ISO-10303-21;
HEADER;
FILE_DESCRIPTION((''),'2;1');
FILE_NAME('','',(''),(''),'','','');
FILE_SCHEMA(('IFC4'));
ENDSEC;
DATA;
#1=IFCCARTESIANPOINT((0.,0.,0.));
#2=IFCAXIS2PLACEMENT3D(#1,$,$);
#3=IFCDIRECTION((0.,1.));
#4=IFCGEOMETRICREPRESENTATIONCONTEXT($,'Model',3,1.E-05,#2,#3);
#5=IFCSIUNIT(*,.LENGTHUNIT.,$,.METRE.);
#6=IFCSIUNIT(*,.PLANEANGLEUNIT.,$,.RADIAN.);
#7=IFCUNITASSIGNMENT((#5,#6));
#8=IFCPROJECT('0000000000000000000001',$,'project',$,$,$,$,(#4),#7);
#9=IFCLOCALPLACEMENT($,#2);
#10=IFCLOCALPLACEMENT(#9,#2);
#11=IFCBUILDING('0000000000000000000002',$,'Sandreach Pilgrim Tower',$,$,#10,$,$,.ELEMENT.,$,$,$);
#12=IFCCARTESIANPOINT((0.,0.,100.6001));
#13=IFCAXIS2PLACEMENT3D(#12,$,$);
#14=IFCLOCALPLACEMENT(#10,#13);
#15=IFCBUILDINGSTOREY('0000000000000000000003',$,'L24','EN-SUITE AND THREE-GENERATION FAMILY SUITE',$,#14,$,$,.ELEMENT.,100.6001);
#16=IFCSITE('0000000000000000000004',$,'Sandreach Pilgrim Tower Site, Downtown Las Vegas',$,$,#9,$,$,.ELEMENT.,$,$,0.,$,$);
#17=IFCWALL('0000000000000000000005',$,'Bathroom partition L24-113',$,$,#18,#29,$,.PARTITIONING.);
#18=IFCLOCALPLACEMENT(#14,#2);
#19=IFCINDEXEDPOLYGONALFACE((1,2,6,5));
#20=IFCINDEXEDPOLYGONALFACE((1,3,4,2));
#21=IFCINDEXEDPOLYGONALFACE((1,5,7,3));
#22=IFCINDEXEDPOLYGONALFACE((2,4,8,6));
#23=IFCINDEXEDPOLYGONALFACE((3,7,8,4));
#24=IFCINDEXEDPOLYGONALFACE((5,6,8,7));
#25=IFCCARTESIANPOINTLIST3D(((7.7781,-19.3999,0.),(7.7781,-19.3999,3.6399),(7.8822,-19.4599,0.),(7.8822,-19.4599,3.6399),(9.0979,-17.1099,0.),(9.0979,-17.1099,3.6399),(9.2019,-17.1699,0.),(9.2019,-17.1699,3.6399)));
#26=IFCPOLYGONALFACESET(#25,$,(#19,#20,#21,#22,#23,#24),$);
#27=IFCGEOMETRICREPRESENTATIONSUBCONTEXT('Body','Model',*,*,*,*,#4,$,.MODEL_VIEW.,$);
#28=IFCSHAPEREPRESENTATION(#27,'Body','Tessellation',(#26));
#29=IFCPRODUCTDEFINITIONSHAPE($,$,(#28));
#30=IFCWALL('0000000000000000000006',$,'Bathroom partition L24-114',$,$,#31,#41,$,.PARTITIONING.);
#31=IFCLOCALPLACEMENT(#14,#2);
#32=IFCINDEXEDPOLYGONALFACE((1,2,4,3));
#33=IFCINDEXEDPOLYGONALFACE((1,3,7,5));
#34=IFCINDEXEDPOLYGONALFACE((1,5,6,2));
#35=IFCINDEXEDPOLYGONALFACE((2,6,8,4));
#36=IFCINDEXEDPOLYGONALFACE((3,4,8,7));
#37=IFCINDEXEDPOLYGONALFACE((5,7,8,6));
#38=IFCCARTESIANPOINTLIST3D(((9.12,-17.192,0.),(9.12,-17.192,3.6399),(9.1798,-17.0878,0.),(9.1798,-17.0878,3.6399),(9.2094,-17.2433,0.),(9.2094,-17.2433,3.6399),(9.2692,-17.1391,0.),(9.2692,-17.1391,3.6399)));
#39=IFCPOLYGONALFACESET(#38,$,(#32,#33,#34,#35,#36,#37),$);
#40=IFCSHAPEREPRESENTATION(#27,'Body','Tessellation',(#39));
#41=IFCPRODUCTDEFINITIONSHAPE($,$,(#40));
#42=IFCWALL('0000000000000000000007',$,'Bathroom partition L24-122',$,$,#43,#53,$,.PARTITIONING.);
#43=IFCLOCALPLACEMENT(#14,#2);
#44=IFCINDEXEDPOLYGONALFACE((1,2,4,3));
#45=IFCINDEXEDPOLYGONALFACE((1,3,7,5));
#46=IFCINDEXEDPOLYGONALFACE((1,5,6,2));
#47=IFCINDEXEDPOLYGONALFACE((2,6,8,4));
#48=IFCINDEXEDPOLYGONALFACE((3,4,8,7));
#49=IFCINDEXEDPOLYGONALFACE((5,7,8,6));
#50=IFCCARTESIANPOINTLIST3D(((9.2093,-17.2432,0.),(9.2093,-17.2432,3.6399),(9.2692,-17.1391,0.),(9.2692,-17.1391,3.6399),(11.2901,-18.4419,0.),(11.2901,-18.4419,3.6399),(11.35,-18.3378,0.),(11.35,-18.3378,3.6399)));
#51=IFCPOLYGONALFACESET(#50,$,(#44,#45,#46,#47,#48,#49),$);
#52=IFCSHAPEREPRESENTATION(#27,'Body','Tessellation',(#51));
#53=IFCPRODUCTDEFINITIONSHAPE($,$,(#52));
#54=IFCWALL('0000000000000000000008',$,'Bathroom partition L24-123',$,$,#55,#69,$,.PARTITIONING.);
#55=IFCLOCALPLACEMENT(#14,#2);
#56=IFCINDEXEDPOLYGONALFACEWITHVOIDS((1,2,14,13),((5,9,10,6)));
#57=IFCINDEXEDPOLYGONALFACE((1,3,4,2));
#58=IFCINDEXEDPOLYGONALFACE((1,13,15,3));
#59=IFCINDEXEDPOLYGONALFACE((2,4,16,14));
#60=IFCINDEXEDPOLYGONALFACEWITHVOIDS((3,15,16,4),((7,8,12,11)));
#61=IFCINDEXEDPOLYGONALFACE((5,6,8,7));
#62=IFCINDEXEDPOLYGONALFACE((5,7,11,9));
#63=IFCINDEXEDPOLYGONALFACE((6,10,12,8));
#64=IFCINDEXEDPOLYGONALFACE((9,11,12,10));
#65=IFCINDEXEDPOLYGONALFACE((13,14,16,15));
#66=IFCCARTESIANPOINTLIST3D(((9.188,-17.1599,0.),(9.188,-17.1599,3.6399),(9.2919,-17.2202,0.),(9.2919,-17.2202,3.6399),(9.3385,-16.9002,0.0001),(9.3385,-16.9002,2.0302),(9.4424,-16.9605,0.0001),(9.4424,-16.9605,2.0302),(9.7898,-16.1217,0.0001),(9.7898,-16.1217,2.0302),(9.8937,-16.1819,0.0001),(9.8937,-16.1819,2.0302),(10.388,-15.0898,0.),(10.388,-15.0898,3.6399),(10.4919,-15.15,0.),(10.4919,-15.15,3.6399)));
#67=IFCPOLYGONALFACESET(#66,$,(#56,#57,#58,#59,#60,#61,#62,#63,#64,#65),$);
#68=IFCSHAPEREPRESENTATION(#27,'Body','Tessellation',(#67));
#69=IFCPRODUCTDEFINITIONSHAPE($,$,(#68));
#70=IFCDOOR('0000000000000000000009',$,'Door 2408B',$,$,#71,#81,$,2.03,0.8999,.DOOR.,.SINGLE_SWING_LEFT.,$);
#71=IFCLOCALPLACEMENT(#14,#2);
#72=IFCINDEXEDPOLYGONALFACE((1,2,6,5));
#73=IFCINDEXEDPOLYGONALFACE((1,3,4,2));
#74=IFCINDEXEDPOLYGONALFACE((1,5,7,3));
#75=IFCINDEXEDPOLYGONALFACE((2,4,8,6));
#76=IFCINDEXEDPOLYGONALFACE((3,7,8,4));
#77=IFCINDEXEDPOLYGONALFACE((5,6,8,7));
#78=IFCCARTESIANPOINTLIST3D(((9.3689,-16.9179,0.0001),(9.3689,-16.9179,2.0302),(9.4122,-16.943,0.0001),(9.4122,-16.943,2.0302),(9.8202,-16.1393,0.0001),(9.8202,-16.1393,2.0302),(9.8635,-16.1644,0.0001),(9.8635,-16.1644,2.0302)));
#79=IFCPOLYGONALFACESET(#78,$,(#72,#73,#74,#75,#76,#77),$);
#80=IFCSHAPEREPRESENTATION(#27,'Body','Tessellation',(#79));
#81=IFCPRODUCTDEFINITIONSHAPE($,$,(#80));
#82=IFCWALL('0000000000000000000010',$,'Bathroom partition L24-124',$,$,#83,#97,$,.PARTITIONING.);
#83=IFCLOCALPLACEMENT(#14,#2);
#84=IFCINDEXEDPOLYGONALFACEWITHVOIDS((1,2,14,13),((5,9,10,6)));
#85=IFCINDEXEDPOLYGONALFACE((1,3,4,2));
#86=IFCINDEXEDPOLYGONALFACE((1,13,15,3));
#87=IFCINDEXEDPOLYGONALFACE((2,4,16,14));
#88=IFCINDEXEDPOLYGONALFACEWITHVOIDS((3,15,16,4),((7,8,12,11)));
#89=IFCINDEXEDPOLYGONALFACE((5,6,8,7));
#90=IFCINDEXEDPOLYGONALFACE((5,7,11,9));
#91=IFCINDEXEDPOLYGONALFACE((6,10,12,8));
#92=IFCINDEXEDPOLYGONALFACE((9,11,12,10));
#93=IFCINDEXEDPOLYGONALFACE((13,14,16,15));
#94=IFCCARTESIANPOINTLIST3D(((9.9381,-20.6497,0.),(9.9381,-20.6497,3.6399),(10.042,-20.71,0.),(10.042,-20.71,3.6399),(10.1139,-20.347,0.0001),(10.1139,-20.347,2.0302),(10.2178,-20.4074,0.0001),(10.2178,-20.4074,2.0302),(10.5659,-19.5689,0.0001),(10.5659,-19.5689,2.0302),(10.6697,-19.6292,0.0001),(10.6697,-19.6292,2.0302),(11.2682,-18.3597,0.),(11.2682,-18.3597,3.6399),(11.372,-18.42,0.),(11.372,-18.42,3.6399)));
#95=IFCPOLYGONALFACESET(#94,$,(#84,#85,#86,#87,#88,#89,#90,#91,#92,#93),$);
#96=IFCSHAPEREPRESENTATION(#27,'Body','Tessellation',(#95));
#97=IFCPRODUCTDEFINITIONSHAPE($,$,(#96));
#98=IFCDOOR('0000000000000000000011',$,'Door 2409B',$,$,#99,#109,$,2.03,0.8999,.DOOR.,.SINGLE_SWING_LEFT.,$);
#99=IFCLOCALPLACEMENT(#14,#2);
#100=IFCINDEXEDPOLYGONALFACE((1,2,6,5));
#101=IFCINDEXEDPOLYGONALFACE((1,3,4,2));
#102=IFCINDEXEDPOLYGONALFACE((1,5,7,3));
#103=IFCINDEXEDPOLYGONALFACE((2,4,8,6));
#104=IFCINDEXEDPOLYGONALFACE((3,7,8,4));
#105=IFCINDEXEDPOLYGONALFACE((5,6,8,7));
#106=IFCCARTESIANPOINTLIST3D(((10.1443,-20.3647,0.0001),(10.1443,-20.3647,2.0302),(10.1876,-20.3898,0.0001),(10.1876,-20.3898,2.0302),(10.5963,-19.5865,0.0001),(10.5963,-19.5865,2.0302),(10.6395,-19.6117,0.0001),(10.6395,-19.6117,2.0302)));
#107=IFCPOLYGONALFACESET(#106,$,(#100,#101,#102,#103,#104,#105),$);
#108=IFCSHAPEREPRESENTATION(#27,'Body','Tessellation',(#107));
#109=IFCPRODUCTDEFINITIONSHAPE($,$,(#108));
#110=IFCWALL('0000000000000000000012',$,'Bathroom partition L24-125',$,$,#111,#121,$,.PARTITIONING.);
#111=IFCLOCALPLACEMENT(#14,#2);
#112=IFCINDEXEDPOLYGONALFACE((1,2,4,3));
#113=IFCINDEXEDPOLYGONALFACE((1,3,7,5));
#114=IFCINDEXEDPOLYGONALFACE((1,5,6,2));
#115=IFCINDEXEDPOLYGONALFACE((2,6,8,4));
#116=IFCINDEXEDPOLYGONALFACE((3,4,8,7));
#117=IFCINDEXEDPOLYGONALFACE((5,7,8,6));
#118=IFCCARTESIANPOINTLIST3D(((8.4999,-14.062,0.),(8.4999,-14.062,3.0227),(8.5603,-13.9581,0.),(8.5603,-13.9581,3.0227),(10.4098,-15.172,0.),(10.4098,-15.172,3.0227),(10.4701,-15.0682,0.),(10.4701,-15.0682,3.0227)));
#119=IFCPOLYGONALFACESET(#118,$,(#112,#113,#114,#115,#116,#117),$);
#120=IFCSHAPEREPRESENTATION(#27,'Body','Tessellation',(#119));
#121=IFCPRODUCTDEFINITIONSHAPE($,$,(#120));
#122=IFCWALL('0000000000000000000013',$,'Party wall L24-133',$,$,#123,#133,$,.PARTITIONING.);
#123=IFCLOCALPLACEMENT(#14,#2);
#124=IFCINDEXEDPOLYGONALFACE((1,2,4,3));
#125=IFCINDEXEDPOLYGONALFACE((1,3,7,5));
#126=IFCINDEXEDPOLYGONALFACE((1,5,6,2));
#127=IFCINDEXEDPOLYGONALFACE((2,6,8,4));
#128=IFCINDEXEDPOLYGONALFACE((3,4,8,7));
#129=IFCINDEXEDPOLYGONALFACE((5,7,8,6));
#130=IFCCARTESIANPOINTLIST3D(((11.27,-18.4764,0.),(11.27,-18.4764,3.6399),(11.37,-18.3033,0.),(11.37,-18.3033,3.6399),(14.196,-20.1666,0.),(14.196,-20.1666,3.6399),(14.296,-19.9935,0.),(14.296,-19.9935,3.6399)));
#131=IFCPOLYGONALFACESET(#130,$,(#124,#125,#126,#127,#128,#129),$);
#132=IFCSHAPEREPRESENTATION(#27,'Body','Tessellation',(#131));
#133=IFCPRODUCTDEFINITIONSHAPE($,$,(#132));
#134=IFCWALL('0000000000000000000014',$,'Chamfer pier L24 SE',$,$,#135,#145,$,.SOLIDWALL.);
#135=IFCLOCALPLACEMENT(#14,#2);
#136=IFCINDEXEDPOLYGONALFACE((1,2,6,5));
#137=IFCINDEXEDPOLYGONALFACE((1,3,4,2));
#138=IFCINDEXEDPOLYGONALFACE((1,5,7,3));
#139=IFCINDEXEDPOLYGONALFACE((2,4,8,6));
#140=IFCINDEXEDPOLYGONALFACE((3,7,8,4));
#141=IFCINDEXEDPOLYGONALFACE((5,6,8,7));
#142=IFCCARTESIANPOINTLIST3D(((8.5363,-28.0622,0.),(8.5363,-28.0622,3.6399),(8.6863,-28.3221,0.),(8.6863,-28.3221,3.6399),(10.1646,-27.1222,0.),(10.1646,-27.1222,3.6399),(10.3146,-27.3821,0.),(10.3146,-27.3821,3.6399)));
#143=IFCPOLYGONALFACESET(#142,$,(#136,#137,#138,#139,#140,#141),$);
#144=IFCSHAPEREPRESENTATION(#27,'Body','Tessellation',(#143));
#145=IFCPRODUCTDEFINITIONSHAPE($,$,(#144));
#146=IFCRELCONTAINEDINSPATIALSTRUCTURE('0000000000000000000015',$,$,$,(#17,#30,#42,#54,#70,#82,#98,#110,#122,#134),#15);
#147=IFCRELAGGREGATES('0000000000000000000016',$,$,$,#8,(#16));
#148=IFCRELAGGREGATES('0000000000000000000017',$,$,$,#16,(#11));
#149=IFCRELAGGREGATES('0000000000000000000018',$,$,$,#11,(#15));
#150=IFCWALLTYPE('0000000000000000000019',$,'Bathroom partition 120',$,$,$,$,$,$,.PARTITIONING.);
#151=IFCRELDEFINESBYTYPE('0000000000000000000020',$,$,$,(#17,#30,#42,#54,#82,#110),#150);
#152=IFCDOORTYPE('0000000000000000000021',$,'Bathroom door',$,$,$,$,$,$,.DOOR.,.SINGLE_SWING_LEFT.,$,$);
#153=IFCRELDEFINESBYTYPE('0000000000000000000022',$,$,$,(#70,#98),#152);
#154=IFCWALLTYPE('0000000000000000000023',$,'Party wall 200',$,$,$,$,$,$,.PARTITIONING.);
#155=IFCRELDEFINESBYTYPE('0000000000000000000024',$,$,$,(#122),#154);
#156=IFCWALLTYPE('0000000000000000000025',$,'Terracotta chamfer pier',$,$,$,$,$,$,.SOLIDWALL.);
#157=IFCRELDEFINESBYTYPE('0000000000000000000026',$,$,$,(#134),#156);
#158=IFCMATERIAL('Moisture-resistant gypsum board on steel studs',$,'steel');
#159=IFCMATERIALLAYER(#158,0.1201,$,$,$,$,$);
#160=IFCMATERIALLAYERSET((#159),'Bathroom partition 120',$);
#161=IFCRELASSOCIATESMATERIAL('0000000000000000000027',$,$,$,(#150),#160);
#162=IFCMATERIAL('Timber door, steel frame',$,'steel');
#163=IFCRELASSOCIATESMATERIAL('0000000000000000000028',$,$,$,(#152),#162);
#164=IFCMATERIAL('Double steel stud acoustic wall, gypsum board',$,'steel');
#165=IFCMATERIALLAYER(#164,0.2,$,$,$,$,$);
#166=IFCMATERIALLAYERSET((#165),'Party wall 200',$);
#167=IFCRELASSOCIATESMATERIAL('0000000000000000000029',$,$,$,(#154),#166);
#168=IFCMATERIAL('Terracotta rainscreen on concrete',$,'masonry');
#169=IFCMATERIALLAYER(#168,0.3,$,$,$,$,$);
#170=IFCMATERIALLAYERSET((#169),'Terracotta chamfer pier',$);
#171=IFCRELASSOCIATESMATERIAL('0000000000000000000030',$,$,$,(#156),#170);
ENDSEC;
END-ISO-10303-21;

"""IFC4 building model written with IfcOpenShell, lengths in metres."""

from ifc_helpers import new_model, si_unit, direction, frame, frame_2d, origin, place, context, subcontext, project, spatial, rectangle, extrude, material, layer, layer_set, type_object, element, fill, save


model = new_model("IFC4")

# Units and contexts
model_context = context("Model", 3, precision=1e-05, world=origin(), true_north=direction((0.0, 1.0)))
body_context = subcontext(model_context, "Body", "Model", "MODEL_VIEW")
ifc_project = project(units=[si_unit("LENGTHUNIT", "METRE"), si_unit("PLANEANGLEUNIT", "RADIAN")], contexts=[model_context])

# Site, building, storey
site_placement = place(None, origin())
site = spatial("IfcSite", under=ifc_project, at=site_placement, Name="Sandreach Pilgrim Tower Site, Downtown Las Vegas", CompositionType="ELEMENT", RefElevation=0.0)
building_placement = place(site_placement, origin())
building = spatial("IfcBuilding", under=site, at=building_placement, Name="Sandreach Pilgrim Tower", CompositionType="ELEMENT")
storey_placement = place(building_placement, frame((0.0, 0.0, 100.6001)))
storey = spatial("IfcBuildingStorey", under=building, at=storey_placement, Name="L24", Description="EN-SUITE AND THREE-GENERATION FAMILY SUITE", CompositionType="ELEMENT", Elevation=100.6001)

# Walls
ifc_material_1 = material(Name="Moisture-resistant gypsum board on steel studs", Category="steel")
ifc_layer_1 = layer(ifc_material_1, 0.1201)
ifc_layer_set_1 = layer_set([ifc_layer_1], Name="Bathroom partition 120")
wall_type_1 = type_object("IfcWallType", Name="Bathroom partition 120", PredefinedType="PARTITIONING", material=ifc_layer_set_1)
wall_1_placement = place(storey_placement, frame((9.1499, -17.1399, 0.0), z_axis=(0.0, 0.0, 1.0), x_axis=(-0.499339, -0.866407, 0.0)))
element("IfcWall", 1, at=wall_1_placement, inside=storey, type_object=wall_type_1, Name="Bathroom partition L24-113", PredefinedType="PARTITIONING", context=body_context, shape_type="SweptSolid", body=[
    extrude(rectangle(XDim=2.6431, YDim=0.1201, at=frame_2d((1.3215, 0.0))), origin(), (0.0, 0.0, 1.0), 3.6399),
])
wall_2_placement = place(storey_placement, frame((9.1499, -17.1399, 0.0), z_axis=(0.0, 0.0, 1.0), x_axis=(0.867367, -0.497669, 0.0)))
element("IfcWall", 2, at=wall_2_placement, inside=storey, type_object=wall_type_1, Name="Bathroom partition L24-114", PredefinedType="PARTITIONING", context=body_context, shape_type="SweptSolid", body=[
    extrude(rectangle(XDim=0.103, YDim=0.1201, at=frame_2d((0.0515, 0.0))), origin(), (0.0, 0.0, 1.0), 3.6399),
])
wall_3_placement = place(storey_placement, frame((9.2393, -17.1912, 0.0), z_axis=(0.0, 0.0, 1.0), x_axis=(0.866499, -0.49918, 0.0)))
element("IfcWall", 3, at=wall_3_placement, inside=storey, type_object=wall_type_1, Name="Bathroom partition L24-122", PredefinedType="PARTITIONING", context=body_context, shape_type="SweptSolid", body=[
    extrude(rectangle(XDim=2.4014, YDim=0.1201, at=frame_2d((1.2007, 0.0))), origin(), (0.0, 0.0, 1.0), 3.6399),
])

# Walls, openings, doors
wall_4_placement = place(storey_placement, frame((9.24, -17.1899, 0.0), z_axis=(0.0, 0.0, 1.0), x_axis=(0.501503, 0.865156, 0.0)))
wall_4 = element("IfcWall", 4, at=wall_4_placement, inside=storey, type_object=wall_type_1, Name="Bathroom partition L24-123", PredefinedType="PARTITIONING", context=body_context, shape_type="SweptSolid", body=[
    extrude(rectangle(XDim=2.3928, YDim=0.1201, at=frame_2d((1.1963, 0.0))), origin(), (0.0, 0.0, 1.0), 3.6399),
])
opening_1_placement = place(wall_4_placement, frame((0.3, 0.0, 0.0)))
opening_1 = element("IfcOpeningElement", 5, at=opening_1_placement, cuts=wall_4, PredefinedType="OPENING", context=body_context, shape_type="SweptSolid", body=[
    extrude(rectangle(XDim=0.8999, YDim=2.03, at=frame_2d((0.45, 1.0151))), frame((0.0, 0.0601, 0.0), z_axis=(0.0, -1.0, 0.0), x_axis=(1.0, 0.0, 0.0)), (0.0, 0.0, 1.0), 0.1201),
])
ifc_material_2 = material(Name="Timber door, steel frame", Category="steel")
door_type = type_object("IfcDoorType", Name="Bathroom door", OperationType="SINGLE_SWING_LEFT", PredefinedType="DOOR", material=ifc_material_2)
door_1_placement = place(opening_1_placement, origin())
door_1 = element("IfcDoor", 6, at=door_1_placement, inside=storey, type_object=door_type, Name="Door 2408B", OperationType="SINGLE_SWING_LEFT", OverallHeight=2.03, OverallWidth=0.8999, PredefinedType="DOOR", context=body_context, shape_type="SweptSolid", body=[
    extrude(rectangle(XDim=0.8999, YDim=2.03, at=frame_2d((0.45, 1.0151))), frame((0.0, 0.0249, 0.0), z_axis=(0.0, -1.0, 0.0), x_axis=(1.0, 0.0, 0.0)), (0.0, 0.0, 1.0), 0.05),
])
fill(opening_1, door_1)
wall_5_placement = place(storey_placement, frame((9.99, -20.6799, 0.0), z_axis=(0.0, 0.0, 1.0), x_axis=(0.502242, 0.864727, 0.0)))
wall_5 = element("IfcWall", 7, at=wall_5_placement, inside=storey, type_object=wall_type_1, Name="Bathroom partition L24-124", PredefinedType="PARTITIONING", context=body_context, shape_type="SweptSolid", body=[
    extrude(rectangle(XDim=2.6482, YDim=0.1201, at=frame_2d((1.3242, 0.0))), origin(), (0.0, 0.0, 1.0), 3.6399),
])
opening_2_placement = place(wall_5_placement, frame((0.3501, 0.0, 0.0)))
opening_2 = element("IfcOpeningElement", 8, at=opening_2_placement, cuts=wall_5, PredefinedType="OPENING", context=body_context, shape_type="SweptSolid", body=[
    extrude(rectangle(XDim=0.8999, YDim=2.03, at=frame_2d((0.45, 1.0151))), frame((0.0, 0.0601, 0.0), z_axis=(0.0, -1.0, 0.0), x_axis=(1.0, 0.0, 0.0)), (0.0, 0.0, 1.0), 0.1201),
])
door_2_placement = place(opening_2_placement, origin())
door_2 = element("IfcDoor", 9, at=door_2_placement, inside=storey, type_object=door_type, Name="Door 2409B", OperationType="SINGLE_SWING_LEFT", OverallHeight=2.03, OverallWidth=0.8999, PredefinedType="DOOR", context=body_context, shape_type="SweptSolid", body=[
    extrude(rectangle(XDim=0.8999, YDim=2.03, at=frame_2d((0.45, 1.0151))), frame((0.0, 0.0249, 0.0), z_axis=(0.0, -1.0, 0.0), x_axis=(1.0, 0.0, 0.0)), (0.0, 0.0, 1.0), 0.05),
])
fill(opening_2, door_2)

# Walls
wall_6_placement = place(storey_placement, frame((10.4399, -15.1201, 0.0), z_axis=(0.0, 0.0, 1.0), x_axis=(-0.864567, 0.502517, 0.0)))
element("IfcWall", 10, at=wall_6_placement, inside=storey, type_object=wall_type_1, Name="Bathroom partition L24-125", PredefinedType="PARTITIONING", context=body_context, shape_type="SweptSolid", body=[
    extrude(rectangle(XDim=2.209, YDim=0.1201, at=frame_2d((1.1045, 0.0))), origin(), (0.0, 0.0, 1.0), 3.0227),
])
ifc_material_3 = material(Name="Double steel stud acoustic wall, gypsum board", Category="steel")
ifc_layer_2 = layer(ifc_material_3, 0.2)
ifc_layer_set_2 = layer_set([ifc_layer_2], Name="Party wall 200")
wall_type_2 = type_object("IfcWallType", Name="Party wall 200", PredefinedType="PARTITIONING", material=ifc_layer_set_2)
wall_7_placement = place(storey_placement, frame((11.3201, -18.3899, 0.0), z_axis=(0.0, 0.0, 1.0), x_axis=(0.865917, -0.500187, 0.0)))
element("IfcWall", 11, at=wall_7_placement, inside=storey, type_object=wall_type_2, Name="Party wall L24-133", PredefinedType="PARTITIONING", context=body_context, shape_type="SweptSolid", body=[
    extrude(rectangle(XDim=3.3792, YDim=0.2, at=frame_2d((1.6895, 0.0))), origin(), (0.0, 0.0, 1.0), 3.6399),
])
ifc_material_4 = material(Name="Terracotta rainscreen on concrete", Category="masonry")
ifc_layer_3 = layer(ifc_material_4, 0.3)
ifc_layer_set_3 = layer_set([ifc_layer_3], Name="Terracotta chamfer pier")
wall_type_3 = type_object("IfcWallType", Name="Terracotta chamfer pier", PredefinedType="SOLIDWALL", material=ifc_layer_set_3)
wall_8_placement = place(storey_placement, frame((10.2395, -27.2522, 0.0), z_axis=(0.0, 0.0, 1.0), x_axis=(-0.866045, -0.499966, 0.0)))
element("IfcWall", 12, at=wall_8_placement, inside=storey, type_object=wall_type_3, Name="Chamfer pier L24 SE", PredefinedType="SOLIDWALL", context=body_context, shape_type="SweptSolid", body=[
    extrude(rectangle(XDim=1.8801, YDim=0.3, at=frame_2d((0.9399, 0.0))), origin(), (0.0, 0.0, 1.0), 3.6399),
])

save(model, "model.ifc")
